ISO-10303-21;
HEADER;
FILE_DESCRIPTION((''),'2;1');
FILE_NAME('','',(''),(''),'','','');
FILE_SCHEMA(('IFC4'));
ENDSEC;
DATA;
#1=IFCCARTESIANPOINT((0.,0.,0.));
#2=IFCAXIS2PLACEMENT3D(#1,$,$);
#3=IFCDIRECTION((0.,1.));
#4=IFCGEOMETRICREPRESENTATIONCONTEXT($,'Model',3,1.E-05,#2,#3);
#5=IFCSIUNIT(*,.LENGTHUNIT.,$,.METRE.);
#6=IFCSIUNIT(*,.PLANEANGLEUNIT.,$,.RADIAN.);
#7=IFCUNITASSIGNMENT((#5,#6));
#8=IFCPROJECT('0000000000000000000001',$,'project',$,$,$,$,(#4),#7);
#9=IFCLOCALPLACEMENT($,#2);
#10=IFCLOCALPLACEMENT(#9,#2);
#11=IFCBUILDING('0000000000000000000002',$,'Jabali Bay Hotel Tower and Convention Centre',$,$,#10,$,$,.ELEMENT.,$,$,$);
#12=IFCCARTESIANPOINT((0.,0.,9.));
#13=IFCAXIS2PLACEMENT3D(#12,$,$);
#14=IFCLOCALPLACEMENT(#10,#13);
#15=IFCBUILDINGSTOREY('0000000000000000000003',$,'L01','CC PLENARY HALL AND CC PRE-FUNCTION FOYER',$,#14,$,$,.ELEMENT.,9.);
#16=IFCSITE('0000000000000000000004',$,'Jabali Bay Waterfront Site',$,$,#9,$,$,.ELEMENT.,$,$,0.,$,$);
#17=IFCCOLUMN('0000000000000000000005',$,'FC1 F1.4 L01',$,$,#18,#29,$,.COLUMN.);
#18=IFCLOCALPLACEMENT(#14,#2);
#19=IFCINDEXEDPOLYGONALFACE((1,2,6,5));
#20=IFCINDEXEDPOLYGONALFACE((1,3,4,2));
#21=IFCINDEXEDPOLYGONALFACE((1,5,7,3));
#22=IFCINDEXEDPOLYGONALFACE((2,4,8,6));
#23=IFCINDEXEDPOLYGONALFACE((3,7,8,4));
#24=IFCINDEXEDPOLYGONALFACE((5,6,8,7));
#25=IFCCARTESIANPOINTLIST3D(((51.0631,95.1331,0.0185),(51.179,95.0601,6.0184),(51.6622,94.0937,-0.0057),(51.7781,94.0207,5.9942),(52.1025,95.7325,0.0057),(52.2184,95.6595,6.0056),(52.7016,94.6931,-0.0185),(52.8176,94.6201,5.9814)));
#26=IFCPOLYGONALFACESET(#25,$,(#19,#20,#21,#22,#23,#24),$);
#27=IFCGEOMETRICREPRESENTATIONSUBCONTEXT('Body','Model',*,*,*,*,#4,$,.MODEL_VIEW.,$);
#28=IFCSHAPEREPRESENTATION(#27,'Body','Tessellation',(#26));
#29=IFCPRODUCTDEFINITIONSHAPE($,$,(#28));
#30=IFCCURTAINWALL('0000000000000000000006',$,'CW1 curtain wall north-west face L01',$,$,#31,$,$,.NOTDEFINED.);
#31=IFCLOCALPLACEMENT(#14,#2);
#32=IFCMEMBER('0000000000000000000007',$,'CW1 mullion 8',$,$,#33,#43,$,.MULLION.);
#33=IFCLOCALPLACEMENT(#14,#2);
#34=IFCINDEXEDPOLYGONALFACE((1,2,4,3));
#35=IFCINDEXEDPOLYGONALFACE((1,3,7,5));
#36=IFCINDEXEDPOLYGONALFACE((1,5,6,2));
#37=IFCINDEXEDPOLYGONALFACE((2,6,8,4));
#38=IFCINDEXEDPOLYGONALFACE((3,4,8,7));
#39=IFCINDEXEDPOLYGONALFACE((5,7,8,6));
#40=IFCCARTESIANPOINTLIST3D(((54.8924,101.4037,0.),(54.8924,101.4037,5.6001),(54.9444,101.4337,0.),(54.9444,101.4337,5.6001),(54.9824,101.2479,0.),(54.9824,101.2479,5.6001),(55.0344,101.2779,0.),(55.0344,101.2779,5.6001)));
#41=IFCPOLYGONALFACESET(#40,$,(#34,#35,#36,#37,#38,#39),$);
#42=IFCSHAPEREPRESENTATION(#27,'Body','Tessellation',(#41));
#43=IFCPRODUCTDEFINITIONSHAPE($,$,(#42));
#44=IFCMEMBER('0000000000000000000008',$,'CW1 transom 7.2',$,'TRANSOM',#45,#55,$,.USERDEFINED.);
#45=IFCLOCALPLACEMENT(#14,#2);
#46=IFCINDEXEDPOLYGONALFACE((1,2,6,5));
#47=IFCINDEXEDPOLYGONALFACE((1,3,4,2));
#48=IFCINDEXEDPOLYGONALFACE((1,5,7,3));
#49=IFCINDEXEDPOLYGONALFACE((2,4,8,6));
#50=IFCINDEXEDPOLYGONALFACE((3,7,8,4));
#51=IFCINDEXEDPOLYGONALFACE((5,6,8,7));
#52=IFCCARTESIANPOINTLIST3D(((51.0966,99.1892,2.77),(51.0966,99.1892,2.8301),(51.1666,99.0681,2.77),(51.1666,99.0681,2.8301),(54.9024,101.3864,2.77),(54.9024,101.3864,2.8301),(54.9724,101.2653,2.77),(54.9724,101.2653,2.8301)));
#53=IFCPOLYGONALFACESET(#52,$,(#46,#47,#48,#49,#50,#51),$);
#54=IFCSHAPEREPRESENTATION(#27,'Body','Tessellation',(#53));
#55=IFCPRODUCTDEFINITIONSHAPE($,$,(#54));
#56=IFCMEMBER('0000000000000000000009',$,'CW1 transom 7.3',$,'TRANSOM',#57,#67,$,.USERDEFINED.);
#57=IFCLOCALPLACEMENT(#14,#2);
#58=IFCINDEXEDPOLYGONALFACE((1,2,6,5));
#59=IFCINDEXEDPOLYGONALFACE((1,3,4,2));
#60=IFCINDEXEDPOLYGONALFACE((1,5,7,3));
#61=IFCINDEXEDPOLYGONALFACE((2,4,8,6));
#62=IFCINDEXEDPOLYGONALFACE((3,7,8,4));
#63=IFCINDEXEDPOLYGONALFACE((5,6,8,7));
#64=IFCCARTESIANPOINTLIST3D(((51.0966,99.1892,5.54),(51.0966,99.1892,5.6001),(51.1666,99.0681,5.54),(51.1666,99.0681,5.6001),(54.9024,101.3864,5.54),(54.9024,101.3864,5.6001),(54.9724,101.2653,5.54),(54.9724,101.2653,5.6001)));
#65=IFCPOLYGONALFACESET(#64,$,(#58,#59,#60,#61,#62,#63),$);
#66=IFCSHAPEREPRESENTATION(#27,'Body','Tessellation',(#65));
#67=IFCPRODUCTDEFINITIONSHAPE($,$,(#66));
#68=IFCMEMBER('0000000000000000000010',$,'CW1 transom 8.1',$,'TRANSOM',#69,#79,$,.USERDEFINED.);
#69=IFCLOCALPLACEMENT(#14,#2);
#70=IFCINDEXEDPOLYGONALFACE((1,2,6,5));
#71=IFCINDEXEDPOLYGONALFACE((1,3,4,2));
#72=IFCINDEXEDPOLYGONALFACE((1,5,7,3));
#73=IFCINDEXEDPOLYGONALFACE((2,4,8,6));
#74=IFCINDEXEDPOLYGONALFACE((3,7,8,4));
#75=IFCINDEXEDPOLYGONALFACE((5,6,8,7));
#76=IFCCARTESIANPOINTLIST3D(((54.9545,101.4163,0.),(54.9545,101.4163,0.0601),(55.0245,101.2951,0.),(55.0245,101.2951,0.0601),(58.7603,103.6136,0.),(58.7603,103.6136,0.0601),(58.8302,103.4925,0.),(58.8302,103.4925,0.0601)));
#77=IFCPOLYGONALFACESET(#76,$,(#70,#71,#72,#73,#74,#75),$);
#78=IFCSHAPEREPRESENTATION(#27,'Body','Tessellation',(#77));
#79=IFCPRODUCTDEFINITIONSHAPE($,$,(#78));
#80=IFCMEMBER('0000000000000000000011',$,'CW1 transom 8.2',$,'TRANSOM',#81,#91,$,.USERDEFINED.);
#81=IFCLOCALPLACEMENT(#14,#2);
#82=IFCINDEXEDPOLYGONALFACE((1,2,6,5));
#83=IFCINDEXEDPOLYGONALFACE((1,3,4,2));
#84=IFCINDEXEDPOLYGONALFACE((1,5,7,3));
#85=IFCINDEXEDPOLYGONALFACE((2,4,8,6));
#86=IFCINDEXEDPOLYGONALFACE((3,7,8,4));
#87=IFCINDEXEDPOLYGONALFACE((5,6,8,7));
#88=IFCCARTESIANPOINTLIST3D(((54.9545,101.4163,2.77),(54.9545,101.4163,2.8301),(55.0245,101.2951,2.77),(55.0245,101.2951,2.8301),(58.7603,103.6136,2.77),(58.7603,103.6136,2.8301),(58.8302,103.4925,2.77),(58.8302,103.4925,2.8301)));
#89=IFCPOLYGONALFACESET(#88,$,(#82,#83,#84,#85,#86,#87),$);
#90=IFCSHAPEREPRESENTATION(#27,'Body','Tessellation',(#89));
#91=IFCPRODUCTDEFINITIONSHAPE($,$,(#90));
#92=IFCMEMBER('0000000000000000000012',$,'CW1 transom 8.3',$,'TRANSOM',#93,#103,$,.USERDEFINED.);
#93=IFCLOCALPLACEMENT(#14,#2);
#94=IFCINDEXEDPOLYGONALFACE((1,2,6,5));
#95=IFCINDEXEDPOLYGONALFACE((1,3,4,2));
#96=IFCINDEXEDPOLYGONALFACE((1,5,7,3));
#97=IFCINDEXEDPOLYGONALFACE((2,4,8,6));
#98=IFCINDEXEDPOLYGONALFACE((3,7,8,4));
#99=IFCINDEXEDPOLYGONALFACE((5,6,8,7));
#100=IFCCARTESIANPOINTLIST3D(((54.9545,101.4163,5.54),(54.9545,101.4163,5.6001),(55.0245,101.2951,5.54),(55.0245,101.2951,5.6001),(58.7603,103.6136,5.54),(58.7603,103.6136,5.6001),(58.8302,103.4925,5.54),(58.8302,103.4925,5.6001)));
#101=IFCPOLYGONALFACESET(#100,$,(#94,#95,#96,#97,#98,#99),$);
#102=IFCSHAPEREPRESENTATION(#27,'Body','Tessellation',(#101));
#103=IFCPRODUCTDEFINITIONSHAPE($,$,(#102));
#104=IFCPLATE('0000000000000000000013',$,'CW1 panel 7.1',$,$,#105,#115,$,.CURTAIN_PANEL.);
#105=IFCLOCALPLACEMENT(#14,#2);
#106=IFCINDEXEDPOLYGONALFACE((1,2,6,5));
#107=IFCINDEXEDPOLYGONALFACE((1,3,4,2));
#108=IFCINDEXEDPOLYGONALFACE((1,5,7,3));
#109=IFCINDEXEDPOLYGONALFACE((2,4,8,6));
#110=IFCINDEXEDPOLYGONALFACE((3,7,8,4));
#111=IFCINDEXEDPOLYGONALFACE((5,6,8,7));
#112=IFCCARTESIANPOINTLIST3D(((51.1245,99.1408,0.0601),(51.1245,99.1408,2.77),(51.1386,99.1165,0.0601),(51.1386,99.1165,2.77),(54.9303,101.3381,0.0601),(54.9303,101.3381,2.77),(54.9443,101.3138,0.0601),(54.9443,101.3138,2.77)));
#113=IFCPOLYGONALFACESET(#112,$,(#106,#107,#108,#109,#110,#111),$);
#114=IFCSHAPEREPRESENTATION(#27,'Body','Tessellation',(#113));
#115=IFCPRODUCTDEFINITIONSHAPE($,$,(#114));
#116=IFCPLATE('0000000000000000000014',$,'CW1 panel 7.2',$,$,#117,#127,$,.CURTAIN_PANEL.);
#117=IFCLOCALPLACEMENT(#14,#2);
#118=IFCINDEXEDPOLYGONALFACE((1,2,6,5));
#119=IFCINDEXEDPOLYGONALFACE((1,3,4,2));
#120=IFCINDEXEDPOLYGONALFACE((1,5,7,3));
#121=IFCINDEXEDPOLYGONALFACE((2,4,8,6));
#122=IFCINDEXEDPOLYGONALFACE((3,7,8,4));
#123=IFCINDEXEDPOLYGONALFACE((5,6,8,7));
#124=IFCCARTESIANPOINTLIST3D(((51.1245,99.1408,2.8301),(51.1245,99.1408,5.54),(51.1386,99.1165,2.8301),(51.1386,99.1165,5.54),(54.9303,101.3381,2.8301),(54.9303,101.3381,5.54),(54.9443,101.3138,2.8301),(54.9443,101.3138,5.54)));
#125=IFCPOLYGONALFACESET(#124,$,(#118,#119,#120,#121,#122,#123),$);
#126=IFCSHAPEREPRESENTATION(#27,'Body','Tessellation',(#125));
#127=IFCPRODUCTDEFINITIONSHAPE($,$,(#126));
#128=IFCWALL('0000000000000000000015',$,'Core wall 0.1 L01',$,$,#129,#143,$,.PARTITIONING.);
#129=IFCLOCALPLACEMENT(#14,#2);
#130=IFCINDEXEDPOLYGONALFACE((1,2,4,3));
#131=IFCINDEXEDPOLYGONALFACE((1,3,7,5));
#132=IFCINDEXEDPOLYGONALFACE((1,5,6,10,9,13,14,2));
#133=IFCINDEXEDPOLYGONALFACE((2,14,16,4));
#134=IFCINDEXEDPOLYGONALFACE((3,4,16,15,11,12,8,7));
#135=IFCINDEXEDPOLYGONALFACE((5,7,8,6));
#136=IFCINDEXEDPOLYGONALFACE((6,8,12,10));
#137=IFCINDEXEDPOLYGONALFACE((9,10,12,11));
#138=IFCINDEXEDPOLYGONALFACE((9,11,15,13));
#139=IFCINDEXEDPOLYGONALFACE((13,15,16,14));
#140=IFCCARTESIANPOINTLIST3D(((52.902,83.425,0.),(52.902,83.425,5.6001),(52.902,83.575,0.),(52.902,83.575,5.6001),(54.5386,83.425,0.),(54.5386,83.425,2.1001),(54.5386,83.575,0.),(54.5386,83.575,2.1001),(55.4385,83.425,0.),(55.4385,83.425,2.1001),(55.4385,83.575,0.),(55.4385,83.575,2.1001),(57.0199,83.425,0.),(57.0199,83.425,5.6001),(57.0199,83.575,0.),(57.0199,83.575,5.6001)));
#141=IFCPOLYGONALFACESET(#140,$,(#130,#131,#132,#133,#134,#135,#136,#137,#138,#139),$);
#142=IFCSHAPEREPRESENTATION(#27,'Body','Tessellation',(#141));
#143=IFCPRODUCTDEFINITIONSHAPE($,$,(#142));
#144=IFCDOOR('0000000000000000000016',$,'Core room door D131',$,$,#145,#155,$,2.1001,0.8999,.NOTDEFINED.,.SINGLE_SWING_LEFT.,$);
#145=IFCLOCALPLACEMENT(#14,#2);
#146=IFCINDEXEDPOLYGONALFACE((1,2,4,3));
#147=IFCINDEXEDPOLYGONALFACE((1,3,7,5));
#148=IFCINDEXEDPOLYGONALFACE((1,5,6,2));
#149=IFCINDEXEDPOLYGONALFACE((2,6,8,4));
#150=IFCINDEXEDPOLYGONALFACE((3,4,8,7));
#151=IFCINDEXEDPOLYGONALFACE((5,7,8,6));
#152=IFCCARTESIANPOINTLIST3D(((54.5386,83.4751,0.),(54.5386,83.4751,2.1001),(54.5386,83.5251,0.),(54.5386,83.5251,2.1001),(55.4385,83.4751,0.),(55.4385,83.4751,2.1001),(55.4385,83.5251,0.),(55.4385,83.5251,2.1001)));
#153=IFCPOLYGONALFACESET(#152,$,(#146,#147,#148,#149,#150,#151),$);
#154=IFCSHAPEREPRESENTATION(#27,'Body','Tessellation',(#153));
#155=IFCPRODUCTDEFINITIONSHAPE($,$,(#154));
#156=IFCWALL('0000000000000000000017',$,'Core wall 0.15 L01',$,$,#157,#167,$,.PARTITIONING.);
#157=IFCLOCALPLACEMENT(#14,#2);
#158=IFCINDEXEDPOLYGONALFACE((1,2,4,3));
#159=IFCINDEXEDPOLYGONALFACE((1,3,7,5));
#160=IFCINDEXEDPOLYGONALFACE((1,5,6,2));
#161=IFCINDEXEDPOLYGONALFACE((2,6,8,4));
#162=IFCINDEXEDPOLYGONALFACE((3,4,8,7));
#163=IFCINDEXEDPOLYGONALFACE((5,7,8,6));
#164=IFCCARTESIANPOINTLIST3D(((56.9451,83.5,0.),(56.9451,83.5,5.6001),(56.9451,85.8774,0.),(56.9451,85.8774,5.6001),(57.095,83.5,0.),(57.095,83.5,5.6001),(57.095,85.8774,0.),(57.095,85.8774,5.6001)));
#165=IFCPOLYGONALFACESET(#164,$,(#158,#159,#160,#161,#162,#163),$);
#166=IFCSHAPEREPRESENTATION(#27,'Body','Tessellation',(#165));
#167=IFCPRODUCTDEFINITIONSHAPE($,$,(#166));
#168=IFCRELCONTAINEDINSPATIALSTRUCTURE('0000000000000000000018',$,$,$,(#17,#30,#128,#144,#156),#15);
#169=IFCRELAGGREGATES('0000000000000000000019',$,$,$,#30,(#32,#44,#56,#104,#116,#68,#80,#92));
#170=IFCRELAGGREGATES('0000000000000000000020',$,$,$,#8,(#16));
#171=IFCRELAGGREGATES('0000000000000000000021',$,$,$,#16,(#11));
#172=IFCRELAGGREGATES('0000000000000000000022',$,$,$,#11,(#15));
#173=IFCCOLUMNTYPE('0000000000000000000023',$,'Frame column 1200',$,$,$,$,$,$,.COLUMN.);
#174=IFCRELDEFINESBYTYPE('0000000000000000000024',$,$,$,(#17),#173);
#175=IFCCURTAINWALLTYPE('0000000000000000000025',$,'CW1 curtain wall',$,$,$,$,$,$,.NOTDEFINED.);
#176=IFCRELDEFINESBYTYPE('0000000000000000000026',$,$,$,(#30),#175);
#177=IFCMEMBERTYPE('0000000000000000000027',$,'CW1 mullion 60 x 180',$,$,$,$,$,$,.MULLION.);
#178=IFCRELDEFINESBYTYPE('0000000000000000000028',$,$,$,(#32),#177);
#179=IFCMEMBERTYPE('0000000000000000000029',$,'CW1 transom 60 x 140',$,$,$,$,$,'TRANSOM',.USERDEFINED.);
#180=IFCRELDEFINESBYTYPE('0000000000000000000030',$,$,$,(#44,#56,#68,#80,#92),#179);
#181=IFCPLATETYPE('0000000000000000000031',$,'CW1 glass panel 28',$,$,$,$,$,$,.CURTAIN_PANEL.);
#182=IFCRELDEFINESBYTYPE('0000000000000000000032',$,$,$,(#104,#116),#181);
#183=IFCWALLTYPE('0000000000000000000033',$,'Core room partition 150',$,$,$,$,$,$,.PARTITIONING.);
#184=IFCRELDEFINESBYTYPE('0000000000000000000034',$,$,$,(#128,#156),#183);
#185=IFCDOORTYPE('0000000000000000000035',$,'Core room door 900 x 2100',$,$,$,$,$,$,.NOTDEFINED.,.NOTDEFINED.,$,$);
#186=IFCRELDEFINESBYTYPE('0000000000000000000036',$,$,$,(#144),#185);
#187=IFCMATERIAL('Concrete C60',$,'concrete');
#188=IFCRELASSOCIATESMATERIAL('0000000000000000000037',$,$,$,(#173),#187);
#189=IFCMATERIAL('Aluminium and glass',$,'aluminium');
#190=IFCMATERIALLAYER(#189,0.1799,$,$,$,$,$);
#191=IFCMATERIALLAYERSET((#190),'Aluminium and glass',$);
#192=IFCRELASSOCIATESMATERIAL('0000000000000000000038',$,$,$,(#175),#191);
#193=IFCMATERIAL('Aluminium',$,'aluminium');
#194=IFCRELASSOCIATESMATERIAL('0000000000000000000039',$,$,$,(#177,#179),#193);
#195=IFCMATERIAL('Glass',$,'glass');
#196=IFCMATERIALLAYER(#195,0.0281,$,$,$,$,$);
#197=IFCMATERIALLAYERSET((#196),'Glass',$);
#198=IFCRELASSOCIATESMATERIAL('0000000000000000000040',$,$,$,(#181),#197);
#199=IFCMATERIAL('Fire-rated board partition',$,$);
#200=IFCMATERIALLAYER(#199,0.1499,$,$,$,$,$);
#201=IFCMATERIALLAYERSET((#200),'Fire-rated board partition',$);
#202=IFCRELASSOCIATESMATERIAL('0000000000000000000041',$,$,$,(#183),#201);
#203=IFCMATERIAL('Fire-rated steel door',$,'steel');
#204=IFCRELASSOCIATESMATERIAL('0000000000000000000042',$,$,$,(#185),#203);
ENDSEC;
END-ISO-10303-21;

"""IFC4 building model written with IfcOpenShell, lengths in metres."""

from ifc_helpers import new_model, si_unit, direction, frame, frame_2d, origin, origin_2d, place, context, subcontext, project, spatial, rectangle, extrude, material, layer, layer_set, material_profile, profile_set, type_object, element, fill, aggregate, save


model = new_model("IFC4")

# Units and contexts
model_context = context("Model", 3, precision=1e-05, world=origin(), true_north=direction((0.0, 1.0)))
body_context = subcontext(model_context, "Body", "Model", "MODEL_VIEW")
ifc_project = project(units=[si_unit("LENGTHUNIT", "METRE"), si_unit("PLANEANGLEUNIT", "RADIAN")], contexts=[model_context])

# Site, building, storey
site_placement = place(None, origin())
site = spatial("IfcSite", under=ifc_project, at=site_placement, Name="Jabali Bay Waterfront Site", CompositionType="ELEMENT", RefElevation=0.0)
building_placement = place(site_placement, origin())
building = spatial("IfcBuilding", under=site, at=building_placement, Name="Jabali Bay Hotel Tower and Convention Centre", CompositionType="ELEMENT")
storey_placement = place(building_placement, frame((0.0, 0.0, 9.0)))
storey = spatial("IfcBuildingStorey", under=building, at=storey_placement, Name="L01", Description="CC PLENARY HALL AND CC PRE-FUNCTION FOYER", CompositionType="ELEMENT", Elevation=9.0)

# Column
ifc_material_1 = material(Name="Concrete C60", Category="concrete")
ifc_material_profile_1 = material_profile(ifc_material_1, rectangle(XDim=1.2, YDim=1.2, at=origin_2d()), Name="Frame column 1200")
ifc_profile_set_1 = profile_set([ifc_material_profile_1], Name="Concrete C60")
column_type = type_object("IfcColumnType", Name="Frame column 1200", PredefinedType="COLUMN", material=ifc_profile_set_1)
column_placement = place(storey_placement, frame((51.8823, 94.9131, 0.0), z_axis=(0.019323, -0.012163, 0.999739), x_axis=(-0.499288, 0.866201, 0.020189)))
element("IfcColumn", 1, at=column_placement, inside=storey, type_object=column_type, Name="FC1 F1.4 L01", PredefinedType="COLUMN", context=body_context, shape_type="SweptSolid", body=[
    extrude(rectangle(XDim=1.2, YDim=1.2, at=origin_2d()), origin(), (0.0, 0.0, 1.0), 6.0015),
])

# Curtain wall, members, plates
ifc_material_2 = material(Name="Aluminium and glass", Category="aluminium")
ifc_layer_1 = layer(ifc_material_2, 0.1799)
ifc_layer_set_1 = layer_set([ifc_layer_1], Name="Aluminium and glass")
curtain_wall_type = type_object("IfcCurtainWallType", Name="CW1 curtain wall", PredefinedType="NOTDEFINED", material=ifc_layer_set_1)
curtain_wall_placement = place(storey_placement, origin())
curtain_wall = element("IfcCurtainWall", 2, at=curtain_wall_placement, inside=storey, type_object=curtain_wall_type, Name="CW1 curtain wall north-west face L01", PredefinedType="NOTDEFINED")
ifc_material_3 = material(Name="Aluminium", Category="aluminium")
ifc_material_profile_2 = material_profile(ifc_material_3, rectangle(XDim=0.1799, YDim=0.0601, at=origin_2d()), Name="CW1 mullion 60 x 180")
ifc_profile_set_2 = profile_set([ifc_material_profile_2], Name="Aluminium")
member_type_1 = type_object("IfcMemberType", Name="CW1 mullion 60 x 180", PredefinedType="MULLION", material=ifc_profile_set_2)
member_1_placement = place(storey_placement, frame((54.9634, 101.3408, 0.0), z_axis=(0.0, 0.0, 1.0), x_axis=(-0.5, 0.866025, 0.0)))
member_1 = element("IfcMember", 3, at=member_1_placement, type_object=member_type_1, Name="CW1 mullion 8", PredefinedType="MULLION", context=body_context, shape_type="SweptSolid", body=[
    extrude(rectangle(XDim=0.1799, YDim=0.0601, at=origin_2d()), origin(), (0.0, 0.0, 1.0), 5.6001),
])
ifc_material_profile_3 = material_profile(ifc_material_3, rectangle(XDim=0.1399, YDim=0.0601, at=origin_2d()), Name="CW1 transom 60 x 140")
ifc_profile_set_3 = profile_set([ifc_material_profile_3], Name="Aluminium")
member_type_2 = type_object("IfcMemberType", Name="CW1 transom 60 x 140", ElementType="TRANSOM", PredefinedType="USERDEFINED", material=ifc_profile_set_3)
member_2_placement = place(storey_placement, frame((51.1316, 99.1287, 2.8), z_axis=(0.866033, 0.499987, 0.0), x_axis=(-0.499987, 0.866033, 0.0)))
member_2 = element("IfcMember", 4, at=member_2_placement, type_object=member_type_2, Name="CW1 transom 7.2", ObjectType="TRANSOM", PredefinedType="USERDEFINED", context=body_context, shape_type="SweptSolid", body=[
    extrude(rectangle(XDim=0.1399, YDim=0.0601, at=origin_2d()), origin(), (0.0, 0.0, 1.0), 4.3945),
])
member_3_placement = place(storey_placement, frame((51.1316, 99.1287, 5.5701), z_axis=(0.866033, 0.499987, 0.0), x_axis=(-0.499987, 0.866033, 0.0)))
member_3 = element("IfcMember", 5, at=member_3_placement, type_object=member_type_2, Name="CW1 transom 7.3", ObjectType="TRANSOM", PredefinedType="USERDEFINED", context=body_context, shape_type="SweptSolid", body=[
    extrude(rectangle(XDim=0.1399, YDim=0.0601, at=origin_2d()), origin(), (0.0, 0.0, 1.0), 4.3945),
])
member_4_placement = place(storey_placement, frame((54.9895, 101.3557, 0.03), z_axis=(0.866019, 0.500011, 0.0), x_axis=(-0.500011, 0.866019, 0.0)))
member_4 = element("IfcMember", 6, at=member_4_placement, type_object=member_type_2, Name="CW1 transom 8.1", ObjectType="TRANSOM", PredefinedType="USERDEFINED", context=body_context, shape_type="SweptSolid", body=[
    extrude(rectangle(XDim=0.1399, YDim=0.0601, at=origin_2d()), origin(), (0.0, 0.0, 1.0), 4.3945),
])
member_5_placement = place(storey_placement, frame((54.9895, 101.3557, 2.8), z_axis=(0.866019, 0.500011, 0.0), x_axis=(-0.500011, 0.866019, 0.0)))
member_5 = element("IfcMember", 7, at=member_5_placement, type_object=member_type_2, Name="CW1 transom 8.2", ObjectType="TRANSOM", PredefinedType="USERDEFINED", context=body_context, shape_type="SweptSolid", body=[
    extrude(rectangle(XDim=0.1399, YDim=0.0601, at=origin_2d()), origin(), (0.0, 0.0, 1.0), 4.3945),
])
member_6_placement = place(storey_placement, frame((54.9895, 101.3557, 5.5701), z_axis=(0.866019, 0.500011, 0.0), x_axis=(-0.500011, 0.866019, 0.0)))
member_6 = element("IfcMember", 8, at=member_6_placement, type_object=member_type_2, Name="CW1 transom 8.3", ObjectType="TRANSOM", PredefinedType="USERDEFINED", context=body_context, shape_type="SweptSolid", body=[
    extrude(rectangle(XDim=0.1399, YDim=0.0601, at=origin_2d()), origin(), (0.0, 0.0, 1.0), 4.3945),
])
ifc_material_4 = material(Name="Glass", Category="glass")
ifc_layer_2 = layer(ifc_material_4, 0.0281)
ifc_layer_set_2 = layer_set([ifc_layer_2], Name="Glass")
plate_type = type_object("IfcPlateType", Name="CW1 glass panel 28", PredefinedType="CURTAIN_PANEL", material=ifc_layer_set_2)
plate_1_placement = place(storey_placement, frame((53.0344, 100.2273, 0.0601), z_axis=(0.0, 0.0, 1.0), x_axis=(0.866025, 0.5, 0.0)))
plate_1 = element("IfcPlate", 9, at=plate_1_placement, type_object=plate_type, Name="CW1 panel 7.1", PredefinedType="CURTAIN_PANEL", context=body_context, shape_type="SweptSolid", body=[
    extrude(rectangle(XDim=4.3945, YDim=0.0281, at=origin_2d()), origin(), (0.0, 0.0, 1.0), 2.71),
])
plate_2_placement = place(storey_placement, frame((53.0344, 100.2273, 2.8301), z_axis=(0.0, 0.0, 1.0), x_axis=(0.866025, 0.5, 0.0)))
plate_2 = element("IfcPlate", 10, at=plate_2_placement, type_object=plate_type, Name="CW1 panel 7.2", PredefinedType="CURTAIN_PANEL", context=body_context, shape_type="SweptSolid", body=[
    extrude(rectangle(XDim=4.3945, YDim=0.0281, at=origin_2d()), origin(), (0.0, 0.0, 1.0), 2.71),
])
aggregate(curtain_wall, [member_1, member_2, member_3, plate_1, plate_2, member_4, member_5, member_6])

# Wall, opening, door
ifc_material_5 = material(Name="Fire-rated board partition")
ifc_layer_3 = layer(ifc_material_5, 0.1499)
ifc_layer_set_3 = layer_set([ifc_layer_3], Name="Fire-rated board partition")
wall_type_1 = type_object("IfcWallType", Name="Core room partition 150", PredefinedType="PARTITIONING", material=ifc_layer_set_3)
wall_1_placement = place(storey_placement, frame((57.02, 83.5, 0.0), z_axis=(0.0, 0.0, 1.0), x_axis=(-1.0, 0.0, 0.0)))
wall_1 = element("IfcWall", 11, at=wall_1_placement, inside=storey, type_object=wall_type_1, Name="Core wall 0.1 L01", PredefinedType="PARTITIONING", context=body_context, shape_type="SweptSolid", body=[
    extrude(rectangle(XDim=4.1179, YDim=0.1499, at=frame_2d((2.0591, 0.0))), origin(), (0.0, 0.0, 1.0), 5.6001),
])
opening_1_placement = place(wall_1_placement, frame((1.5815, 0.0, 0.0)))
opening_1 = element("IfcOpeningElement", 12, at=opening_1_placement, cuts=wall_1, PredefinedType="OPENING", context=body_context, shape_type="SweptSolid", body=[
    extrude(rectangle(XDim=0.8999, YDim=2.1001, at=frame_2d((0.45, 1.05))), frame((0.0, 0.0854, 0.0), z_axis=(0.0, -1.0, 0.0), x_axis=(1.0, 0.0, 0.0)), (0.0, 0.0, 1.0), 0.1709),
])
ifc_material_6 = material(Name="Fire-rated steel door", Category="steel")
door_type_1 = type_object("IfcDoorType", Name="Core room door 900 x 2100", OperationType="NOTDEFINED", PredefinedType="NOTDEFINED", material=ifc_material_6)
door_1_placement = place(opening_1_placement, origin())
door_1 = element("IfcDoor", 13, at=door_1_placement, inside=storey, type_object=door_type_1, Name="Core room door D131", OperationType="SINGLE_SWING_LEFT", OverallHeight=2.1001, OverallWidth=0.8999, PredefinedType="NOTDEFINED", context=body_context, shape_type="SweptSolid", body=[
    extrude(rectangle(XDim=0.8999, YDim=2.1001, at=frame_2d((0.45, 1.05))), frame((0.0, 0.0249, 0.0), z_axis=(0.0, -1.0, 0.0), x_axis=(1.0, 0.0, 0.0)), (0.0, 0.0, 1.0), 0.05),
])
fill(opening_1, door_1)

# Wall
wall_2_placement = place(storey_placement, frame((57.02, 85.8774, 0.0), z_axis=(0.0, 0.0, 1.0), x_axis=(0.0, -1.0, 0.0)))
element("IfcWall", 14, at=wall_2_placement, inside=storey, type_object=wall_type_1, Name="Core wall 0.15 L01", PredefinedType="PARTITIONING", context=body_context, shape_type="SweptSolid", body=[
    extrude(rectangle(XDim=2.3774, YDim=0.1499, at=frame_2d((1.1887, 0.0))), origin(), (0.0, 0.0, 1.0), 5.6001),
])

save(model, "model.ifc")
